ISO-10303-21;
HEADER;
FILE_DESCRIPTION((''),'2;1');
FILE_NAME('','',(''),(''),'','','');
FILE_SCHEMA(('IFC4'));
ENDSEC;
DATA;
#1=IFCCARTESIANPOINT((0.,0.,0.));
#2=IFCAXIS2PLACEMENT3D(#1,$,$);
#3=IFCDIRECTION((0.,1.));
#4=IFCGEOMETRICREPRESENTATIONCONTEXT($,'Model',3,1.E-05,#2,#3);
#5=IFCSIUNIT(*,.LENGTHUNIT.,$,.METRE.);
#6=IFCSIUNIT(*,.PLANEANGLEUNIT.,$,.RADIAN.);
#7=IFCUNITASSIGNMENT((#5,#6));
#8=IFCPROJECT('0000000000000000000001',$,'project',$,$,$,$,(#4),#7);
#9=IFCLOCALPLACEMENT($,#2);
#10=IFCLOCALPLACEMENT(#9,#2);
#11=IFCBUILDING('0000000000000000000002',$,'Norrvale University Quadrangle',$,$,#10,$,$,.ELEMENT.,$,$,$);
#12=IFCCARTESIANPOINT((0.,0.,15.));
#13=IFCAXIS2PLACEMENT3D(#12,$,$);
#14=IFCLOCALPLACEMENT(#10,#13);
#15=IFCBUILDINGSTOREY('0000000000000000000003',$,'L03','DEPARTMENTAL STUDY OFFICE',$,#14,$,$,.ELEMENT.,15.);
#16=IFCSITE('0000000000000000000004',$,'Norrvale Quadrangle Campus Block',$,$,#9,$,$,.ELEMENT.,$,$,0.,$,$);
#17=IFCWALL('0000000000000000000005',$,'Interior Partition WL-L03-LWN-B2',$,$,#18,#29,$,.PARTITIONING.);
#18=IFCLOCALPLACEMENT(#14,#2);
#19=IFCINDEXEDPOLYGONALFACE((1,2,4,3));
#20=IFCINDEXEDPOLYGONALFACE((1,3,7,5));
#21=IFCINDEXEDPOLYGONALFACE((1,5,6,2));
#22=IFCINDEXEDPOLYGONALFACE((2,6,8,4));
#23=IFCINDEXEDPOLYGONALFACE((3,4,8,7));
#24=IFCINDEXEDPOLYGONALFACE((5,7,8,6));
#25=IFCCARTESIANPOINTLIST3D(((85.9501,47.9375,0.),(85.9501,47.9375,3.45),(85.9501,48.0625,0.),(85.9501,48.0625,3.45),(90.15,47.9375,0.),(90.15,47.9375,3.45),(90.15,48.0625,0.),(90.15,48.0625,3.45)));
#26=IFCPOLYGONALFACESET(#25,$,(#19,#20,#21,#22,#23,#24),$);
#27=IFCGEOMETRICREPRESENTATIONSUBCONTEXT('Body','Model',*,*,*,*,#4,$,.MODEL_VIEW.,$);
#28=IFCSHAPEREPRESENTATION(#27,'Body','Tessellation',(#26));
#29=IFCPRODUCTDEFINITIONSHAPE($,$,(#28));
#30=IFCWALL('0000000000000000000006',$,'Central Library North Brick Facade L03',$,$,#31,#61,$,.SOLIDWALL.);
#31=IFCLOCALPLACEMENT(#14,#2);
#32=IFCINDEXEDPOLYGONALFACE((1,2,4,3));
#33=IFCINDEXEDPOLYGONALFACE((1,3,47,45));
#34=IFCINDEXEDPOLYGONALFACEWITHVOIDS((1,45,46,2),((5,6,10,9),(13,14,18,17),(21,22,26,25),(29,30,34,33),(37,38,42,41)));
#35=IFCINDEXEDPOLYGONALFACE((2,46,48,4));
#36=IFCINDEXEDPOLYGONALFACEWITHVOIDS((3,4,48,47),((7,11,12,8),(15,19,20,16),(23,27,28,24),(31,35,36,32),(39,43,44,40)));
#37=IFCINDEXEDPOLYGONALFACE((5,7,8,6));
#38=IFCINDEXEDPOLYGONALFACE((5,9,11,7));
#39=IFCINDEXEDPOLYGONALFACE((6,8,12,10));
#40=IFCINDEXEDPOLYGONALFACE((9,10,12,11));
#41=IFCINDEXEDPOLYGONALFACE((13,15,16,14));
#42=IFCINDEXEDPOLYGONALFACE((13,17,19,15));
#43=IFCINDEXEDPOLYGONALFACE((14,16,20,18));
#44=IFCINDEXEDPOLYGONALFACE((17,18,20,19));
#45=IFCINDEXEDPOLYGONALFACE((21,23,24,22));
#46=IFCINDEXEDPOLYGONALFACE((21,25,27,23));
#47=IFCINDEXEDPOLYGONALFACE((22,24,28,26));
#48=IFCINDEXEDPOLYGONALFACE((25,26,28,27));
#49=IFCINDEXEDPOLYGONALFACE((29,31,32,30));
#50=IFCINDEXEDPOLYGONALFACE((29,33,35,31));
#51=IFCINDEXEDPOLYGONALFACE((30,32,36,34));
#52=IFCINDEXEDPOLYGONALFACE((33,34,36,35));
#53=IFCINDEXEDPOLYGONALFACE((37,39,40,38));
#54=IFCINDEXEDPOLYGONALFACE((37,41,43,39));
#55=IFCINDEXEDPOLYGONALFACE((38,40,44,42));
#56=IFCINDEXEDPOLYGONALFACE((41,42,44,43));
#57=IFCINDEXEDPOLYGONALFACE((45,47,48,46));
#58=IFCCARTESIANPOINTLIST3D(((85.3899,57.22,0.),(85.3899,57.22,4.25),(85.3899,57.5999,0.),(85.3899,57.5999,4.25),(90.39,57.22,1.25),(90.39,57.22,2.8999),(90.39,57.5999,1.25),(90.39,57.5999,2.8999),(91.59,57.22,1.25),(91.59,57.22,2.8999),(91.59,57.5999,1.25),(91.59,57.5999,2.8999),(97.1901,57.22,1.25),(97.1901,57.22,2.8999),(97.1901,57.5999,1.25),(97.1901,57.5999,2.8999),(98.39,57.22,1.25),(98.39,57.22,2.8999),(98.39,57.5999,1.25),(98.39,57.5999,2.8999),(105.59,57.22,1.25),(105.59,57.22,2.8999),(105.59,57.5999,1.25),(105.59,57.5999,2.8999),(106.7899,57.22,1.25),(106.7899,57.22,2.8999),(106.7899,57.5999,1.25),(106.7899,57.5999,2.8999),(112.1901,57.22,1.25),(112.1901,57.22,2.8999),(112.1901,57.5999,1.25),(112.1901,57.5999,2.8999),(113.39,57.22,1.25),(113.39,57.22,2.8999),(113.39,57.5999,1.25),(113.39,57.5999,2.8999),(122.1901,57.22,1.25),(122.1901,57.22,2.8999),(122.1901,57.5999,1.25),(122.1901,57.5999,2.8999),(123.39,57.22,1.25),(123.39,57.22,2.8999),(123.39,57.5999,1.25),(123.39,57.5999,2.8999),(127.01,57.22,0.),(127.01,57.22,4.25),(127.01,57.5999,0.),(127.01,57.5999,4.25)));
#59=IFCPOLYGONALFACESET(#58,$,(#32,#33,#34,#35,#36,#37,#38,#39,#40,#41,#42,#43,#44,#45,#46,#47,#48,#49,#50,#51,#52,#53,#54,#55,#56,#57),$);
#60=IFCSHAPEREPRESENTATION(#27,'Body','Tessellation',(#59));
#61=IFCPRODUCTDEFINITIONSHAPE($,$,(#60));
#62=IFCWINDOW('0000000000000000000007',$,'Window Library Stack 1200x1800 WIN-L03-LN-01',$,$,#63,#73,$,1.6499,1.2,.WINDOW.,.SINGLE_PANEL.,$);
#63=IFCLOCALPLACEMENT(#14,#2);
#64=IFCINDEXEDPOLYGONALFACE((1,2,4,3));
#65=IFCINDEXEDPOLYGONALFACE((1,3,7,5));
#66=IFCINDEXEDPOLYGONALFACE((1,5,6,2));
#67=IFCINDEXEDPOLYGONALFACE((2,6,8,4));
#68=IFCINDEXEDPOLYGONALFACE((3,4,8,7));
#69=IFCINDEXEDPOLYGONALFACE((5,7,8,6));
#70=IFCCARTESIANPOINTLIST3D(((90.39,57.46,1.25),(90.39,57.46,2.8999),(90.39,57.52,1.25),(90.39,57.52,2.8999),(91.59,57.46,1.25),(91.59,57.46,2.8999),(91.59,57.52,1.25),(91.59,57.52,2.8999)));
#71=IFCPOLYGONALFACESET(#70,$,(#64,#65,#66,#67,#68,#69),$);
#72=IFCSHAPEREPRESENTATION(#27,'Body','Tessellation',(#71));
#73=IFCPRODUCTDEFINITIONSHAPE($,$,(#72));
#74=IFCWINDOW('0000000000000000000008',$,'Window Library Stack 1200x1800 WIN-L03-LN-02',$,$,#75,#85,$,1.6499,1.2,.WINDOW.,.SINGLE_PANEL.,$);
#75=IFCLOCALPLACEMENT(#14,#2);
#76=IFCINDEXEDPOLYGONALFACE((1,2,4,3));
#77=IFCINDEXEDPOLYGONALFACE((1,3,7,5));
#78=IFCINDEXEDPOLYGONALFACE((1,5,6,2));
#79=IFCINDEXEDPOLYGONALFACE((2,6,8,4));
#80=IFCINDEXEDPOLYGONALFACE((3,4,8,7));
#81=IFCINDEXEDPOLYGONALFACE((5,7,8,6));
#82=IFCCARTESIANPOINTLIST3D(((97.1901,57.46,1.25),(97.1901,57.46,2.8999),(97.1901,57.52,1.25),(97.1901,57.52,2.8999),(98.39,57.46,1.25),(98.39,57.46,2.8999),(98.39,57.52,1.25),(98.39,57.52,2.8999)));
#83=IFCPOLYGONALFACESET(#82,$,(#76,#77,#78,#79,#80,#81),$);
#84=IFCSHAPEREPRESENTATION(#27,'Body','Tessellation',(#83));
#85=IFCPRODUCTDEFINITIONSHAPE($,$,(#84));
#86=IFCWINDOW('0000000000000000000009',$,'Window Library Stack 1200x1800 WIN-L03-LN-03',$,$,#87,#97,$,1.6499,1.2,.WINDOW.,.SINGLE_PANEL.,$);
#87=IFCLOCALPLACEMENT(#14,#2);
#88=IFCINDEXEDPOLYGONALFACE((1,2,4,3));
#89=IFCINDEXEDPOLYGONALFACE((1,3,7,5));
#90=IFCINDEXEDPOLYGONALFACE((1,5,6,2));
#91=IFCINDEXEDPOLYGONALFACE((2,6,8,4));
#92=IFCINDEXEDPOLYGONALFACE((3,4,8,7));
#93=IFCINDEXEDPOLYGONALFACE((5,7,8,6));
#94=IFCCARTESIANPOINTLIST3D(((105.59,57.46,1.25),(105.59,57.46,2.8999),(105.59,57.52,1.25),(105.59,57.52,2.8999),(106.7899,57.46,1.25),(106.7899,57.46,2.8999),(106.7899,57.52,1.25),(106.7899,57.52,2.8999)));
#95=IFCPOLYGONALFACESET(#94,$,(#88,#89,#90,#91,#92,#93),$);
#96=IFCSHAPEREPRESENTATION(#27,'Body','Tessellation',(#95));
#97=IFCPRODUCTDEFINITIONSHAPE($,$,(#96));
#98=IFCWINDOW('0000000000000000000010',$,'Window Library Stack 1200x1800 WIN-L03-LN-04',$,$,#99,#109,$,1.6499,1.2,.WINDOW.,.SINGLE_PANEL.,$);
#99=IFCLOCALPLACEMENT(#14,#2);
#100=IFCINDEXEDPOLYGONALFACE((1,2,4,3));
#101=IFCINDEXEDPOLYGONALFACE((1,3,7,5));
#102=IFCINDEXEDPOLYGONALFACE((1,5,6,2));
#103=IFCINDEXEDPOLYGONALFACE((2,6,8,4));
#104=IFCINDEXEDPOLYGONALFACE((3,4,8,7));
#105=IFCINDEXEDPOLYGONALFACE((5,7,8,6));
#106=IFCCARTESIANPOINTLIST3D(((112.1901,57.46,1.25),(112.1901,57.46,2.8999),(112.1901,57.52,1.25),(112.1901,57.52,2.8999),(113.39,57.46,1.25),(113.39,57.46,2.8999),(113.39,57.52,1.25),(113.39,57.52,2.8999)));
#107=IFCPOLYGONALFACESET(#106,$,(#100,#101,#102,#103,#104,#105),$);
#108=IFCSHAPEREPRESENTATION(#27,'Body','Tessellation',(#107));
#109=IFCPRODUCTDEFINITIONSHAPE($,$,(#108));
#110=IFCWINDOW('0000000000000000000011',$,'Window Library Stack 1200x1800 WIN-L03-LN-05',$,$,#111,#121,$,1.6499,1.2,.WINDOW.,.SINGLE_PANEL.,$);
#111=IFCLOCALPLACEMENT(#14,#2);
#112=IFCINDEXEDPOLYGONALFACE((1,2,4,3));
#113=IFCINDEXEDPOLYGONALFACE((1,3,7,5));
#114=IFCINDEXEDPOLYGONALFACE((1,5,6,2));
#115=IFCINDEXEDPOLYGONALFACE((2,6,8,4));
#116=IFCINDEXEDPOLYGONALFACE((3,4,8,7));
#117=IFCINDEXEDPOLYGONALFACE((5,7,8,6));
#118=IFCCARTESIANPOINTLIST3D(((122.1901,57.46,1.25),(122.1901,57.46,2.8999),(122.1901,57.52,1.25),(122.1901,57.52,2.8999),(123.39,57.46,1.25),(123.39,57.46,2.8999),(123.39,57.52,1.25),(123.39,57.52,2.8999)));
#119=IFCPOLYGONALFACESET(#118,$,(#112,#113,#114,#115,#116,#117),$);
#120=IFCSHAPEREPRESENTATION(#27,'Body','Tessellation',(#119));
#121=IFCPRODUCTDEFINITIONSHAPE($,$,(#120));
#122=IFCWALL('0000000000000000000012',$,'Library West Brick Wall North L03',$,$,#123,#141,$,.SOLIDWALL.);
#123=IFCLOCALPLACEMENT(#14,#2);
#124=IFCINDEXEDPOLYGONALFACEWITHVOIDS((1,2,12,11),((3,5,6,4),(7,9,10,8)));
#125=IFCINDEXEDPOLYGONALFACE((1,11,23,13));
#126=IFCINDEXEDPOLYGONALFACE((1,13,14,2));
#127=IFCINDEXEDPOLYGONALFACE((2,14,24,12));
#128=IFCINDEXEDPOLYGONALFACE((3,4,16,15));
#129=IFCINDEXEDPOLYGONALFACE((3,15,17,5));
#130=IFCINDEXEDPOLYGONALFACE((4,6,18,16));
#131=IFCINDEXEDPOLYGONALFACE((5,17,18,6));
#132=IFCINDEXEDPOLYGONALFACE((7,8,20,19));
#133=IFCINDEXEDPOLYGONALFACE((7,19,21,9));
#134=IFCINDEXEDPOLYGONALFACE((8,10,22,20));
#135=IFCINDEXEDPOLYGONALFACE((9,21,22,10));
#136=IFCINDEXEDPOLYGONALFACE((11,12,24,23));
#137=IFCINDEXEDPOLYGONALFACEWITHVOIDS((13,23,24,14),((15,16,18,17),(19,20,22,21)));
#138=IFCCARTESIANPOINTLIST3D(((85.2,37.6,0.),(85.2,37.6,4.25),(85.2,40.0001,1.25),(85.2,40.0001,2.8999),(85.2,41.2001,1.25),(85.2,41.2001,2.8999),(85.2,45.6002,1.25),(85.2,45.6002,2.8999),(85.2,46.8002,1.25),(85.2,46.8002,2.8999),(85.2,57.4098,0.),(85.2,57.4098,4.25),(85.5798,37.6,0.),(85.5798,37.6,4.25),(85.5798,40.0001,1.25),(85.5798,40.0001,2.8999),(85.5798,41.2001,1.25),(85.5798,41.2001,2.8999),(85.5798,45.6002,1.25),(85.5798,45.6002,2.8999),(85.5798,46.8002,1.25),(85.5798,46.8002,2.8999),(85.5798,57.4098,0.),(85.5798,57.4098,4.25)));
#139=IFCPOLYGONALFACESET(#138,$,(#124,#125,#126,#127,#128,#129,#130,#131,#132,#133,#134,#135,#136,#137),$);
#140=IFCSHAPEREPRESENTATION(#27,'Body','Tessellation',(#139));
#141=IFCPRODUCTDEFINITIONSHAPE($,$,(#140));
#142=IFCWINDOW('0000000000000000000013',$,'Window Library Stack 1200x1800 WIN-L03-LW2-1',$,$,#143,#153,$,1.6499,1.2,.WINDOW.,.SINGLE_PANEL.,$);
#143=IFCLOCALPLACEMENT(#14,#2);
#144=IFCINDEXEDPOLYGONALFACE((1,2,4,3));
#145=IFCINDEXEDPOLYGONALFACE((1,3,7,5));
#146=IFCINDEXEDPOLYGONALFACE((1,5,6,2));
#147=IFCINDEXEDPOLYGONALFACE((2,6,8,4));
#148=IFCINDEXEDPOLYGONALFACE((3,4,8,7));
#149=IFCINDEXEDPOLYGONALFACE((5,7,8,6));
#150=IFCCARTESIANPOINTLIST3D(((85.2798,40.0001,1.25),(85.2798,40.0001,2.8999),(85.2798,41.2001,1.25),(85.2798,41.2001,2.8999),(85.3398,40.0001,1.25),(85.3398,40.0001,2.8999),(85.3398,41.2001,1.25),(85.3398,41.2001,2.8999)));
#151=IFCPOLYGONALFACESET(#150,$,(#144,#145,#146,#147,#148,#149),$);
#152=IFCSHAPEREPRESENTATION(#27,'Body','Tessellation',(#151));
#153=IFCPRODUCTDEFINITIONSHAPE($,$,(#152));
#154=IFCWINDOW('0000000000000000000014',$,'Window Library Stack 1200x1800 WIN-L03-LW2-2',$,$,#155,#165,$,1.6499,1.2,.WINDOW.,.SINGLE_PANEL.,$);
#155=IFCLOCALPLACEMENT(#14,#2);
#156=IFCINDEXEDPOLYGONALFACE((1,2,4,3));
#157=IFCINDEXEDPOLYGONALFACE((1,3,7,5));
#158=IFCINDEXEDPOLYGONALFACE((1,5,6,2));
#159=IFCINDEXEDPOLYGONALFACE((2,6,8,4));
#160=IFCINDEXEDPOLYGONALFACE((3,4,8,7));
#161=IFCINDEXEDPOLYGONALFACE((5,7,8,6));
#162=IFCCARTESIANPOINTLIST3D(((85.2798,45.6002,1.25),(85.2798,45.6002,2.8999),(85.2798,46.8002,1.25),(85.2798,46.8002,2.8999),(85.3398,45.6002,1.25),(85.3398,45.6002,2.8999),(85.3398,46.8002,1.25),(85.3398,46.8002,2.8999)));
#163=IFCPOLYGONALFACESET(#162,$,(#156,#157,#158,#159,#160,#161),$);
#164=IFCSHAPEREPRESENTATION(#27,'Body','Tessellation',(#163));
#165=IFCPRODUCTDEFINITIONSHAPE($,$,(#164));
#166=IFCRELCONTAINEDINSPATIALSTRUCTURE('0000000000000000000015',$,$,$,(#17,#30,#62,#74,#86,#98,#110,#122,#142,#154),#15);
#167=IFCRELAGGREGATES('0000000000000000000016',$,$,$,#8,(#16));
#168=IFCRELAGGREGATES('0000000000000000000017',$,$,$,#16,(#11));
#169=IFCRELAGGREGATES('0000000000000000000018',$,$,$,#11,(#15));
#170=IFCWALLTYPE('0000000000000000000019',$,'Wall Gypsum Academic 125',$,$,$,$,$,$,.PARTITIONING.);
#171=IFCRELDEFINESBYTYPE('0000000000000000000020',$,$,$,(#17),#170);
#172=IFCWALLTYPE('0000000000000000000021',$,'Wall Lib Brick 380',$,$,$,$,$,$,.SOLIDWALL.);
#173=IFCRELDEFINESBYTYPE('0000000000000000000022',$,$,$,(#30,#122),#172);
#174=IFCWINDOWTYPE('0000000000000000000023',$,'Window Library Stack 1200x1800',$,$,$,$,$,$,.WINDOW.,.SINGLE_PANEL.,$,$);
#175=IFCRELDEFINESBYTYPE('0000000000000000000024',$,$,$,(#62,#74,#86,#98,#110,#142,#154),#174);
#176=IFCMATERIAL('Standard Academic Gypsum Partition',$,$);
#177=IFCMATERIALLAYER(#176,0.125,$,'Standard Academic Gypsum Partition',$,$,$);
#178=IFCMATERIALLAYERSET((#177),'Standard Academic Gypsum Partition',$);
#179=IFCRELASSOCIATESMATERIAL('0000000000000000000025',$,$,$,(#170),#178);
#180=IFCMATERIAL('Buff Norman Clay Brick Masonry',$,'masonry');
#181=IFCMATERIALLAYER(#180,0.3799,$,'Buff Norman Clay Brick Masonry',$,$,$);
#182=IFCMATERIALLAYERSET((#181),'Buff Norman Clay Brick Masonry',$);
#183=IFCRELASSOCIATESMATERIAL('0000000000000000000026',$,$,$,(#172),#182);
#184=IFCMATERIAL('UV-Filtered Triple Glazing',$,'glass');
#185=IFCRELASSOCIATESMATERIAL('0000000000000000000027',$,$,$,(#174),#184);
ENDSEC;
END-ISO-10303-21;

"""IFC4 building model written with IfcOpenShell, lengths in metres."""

from ifc_helpers import new_model, si_unit, direction, frame, frame_2d, origin, place, context, subcontext, project, spatial, rectangle, extrude, material, layer, layer_set, type_object, element, fill, save


model = new_model("IFC4")

# Units and contexts
model_context = context("Model", 3, precision=1e-05, world=origin(), true_north=direction((0.0, 1.0)))
body_context = subcontext(model_context, "Body", "Model", "MODEL_VIEW")
ifc_project = project(units=[si_unit("LENGTHUNIT", "METRE"), si_unit("PLANEANGLEUNIT", "RADIAN")], contexts=[model_context])

# Site, building, storey
site_placement = place(None, origin())
site = spatial("IfcSite", under=ifc_project, at=site_placement, Name="Norrvale Quadrangle Campus Block", CompositionType="ELEMENT", RefElevation=0.0)
building_placement = place(site_placement, origin())
building = spatial("IfcBuilding", under=site, at=building_placement, Name="Norrvale University Quadrangle", CompositionType="ELEMENT")
storey_placement = place(building_placement, frame((0.0, 0.0, 15.0)))
storey = spatial("IfcBuildingStorey", under=building, at=storey_placement, Name="L03", Description="DEPARTMENTAL STUDY OFFICE", CompositionType="ELEMENT", Elevation=15.0)

# Wall
ifc_material_1 = material(Name="Standard Academic Gypsum Partition")
ifc_layer_1 = layer(ifc_material_1, 0.125, Name="Standard Academic Gypsum Partition")
ifc_layer_set_1 = layer_set([ifc_layer_1], Name="Standard Academic Gypsum Partition")
wall_type_1 = type_object("IfcWallType", Name="Wall Gypsum Academic 125", PredefinedType="PARTITIONING", material=ifc_layer_set_1)
wall_1_placement = place(storey_placement, frame((85.95, 48.0, 0.0), z_axis=(0.0, 0.0, 1.0), x_axis=(1.0, 0.0, 0.0)))
element("IfcWall", 1, at=wall_1_placement, inside=storey, type_object=wall_type_1, Name="Interior Partition WL-L03-LWN-B2", PredefinedType="PARTITIONING", context=body_context, shape_type="SweptSolid", body=[
    extrude(rectangle(XDim=4.2, YDim=0.125, at=frame_2d((2.1001, 0.0))), origin(), (0.0, 0.0, 1.0), 3.45),
])

# Walls, openings, windows
ifc_material_2 = material(Name="Buff Norman Clay Brick Masonry", Category="masonry")
ifc_layer_2 = layer(ifc_material_2, 0.3799, Name="Buff Norman Clay Brick Masonry")
ifc_layer_set_2 = layer_set([ifc_layer_2], Name="Buff Norman Clay Brick Masonry")
wall_type_2 = type_object("IfcWallType", Name="Wall Lib Brick 380", PredefinedType="SOLIDWALL", material=ifc_layer_set_2)
wall_2_placement = place(storey_placement, frame((85.3899, 57.4099, 0.0), z_axis=(0.0, 0.0, 1.0), x_axis=(1.0, 0.0, 0.0)))
wall_2 = element("IfcWall", 2, at=wall_2_placement, inside=storey, type_object=wall_type_2, Name="Central Library North Brick Facade L03", PredefinedType="SOLIDWALL", context=body_context, shape_type="SweptSolid", body=[
    extrude(rectangle(XDim=41.6201, YDim=0.3799, at=frame_2d((20.8101, 0.0))), origin(), (0.0, 0.0, 1.0), 4.25),
])
opening_1_placement = place(wall_2_placement, frame((5.0, 0.0, 1.25)))
opening_1 = element("IfcOpeningElement", 3, at=opening_1_placement, cuts=wall_2, PredefinedType="OPENING", context=body_context, shape_type="SweptSolid", body=[
    extrude(rectangle(XDim=1.2, YDim=1.6499, at=frame_2d((0.6001, 0.825))), frame((0.0, 0.2019, 0.0), z_axis=(0.0, -1.0, 0.0), x_axis=(1.0, 0.0, 0.0)), (0.0, 0.0, 1.0), 0.4038),
])
opening_2_placement = place(wall_2_placement, frame((11.8, 0.0, 1.25)))
opening_2 = element("IfcOpeningElement", 4, at=opening_2_placement, cuts=wall_2, PredefinedType="OPENING", context=body_context, shape_type="SweptSolid", body=[
    extrude(rectangle(XDim=1.2, YDim=1.6499, at=frame_2d((0.6001, 0.825))), frame((0.0, 0.2019, 0.0), z_axis=(0.0, -1.0, 0.0), x_axis=(1.0, 0.0, 0.0)), (0.0, 0.0, 1.0), 0.4038),
])
opening_3_placement = place(wall_2_placement, frame((20.2, 0.0, 1.25)))
opening_3 = element("IfcOpeningElement", 5, at=opening_3_placement, cuts=wall_2, PredefinedType="OPENING", context=body_context, shape_type="SweptSolid", body=[
    extrude(rectangle(XDim=1.2, YDim=1.6499, at=frame_2d((0.6001, 0.825))), frame((0.0, 0.2019, 0.0), z_axis=(0.0, -1.0, 0.0), x_axis=(1.0, 0.0, 0.0)), (0.0, 0.0, 1.0), 0.4038),
])
opening_4_placement = place(wall_2_placement, frame((26.8, 0.0, 1.25)))
opening_4 = element("IfcOpeningElement", 6, at=opening_4_placement, cuts=wall_2, PredefinedType="OPENING", context=body_context, shape_type="SweptSolid", body=[
    extrude(rectangle(XDim=1.2, YDim=1.6499, at=frame_2d((0.6001, 0.825))), frame((0.0, 0.2019, 0.0), z_axis=(0.0, -1.0, 0.0), x_axis=(1.0, 0.0, 0.0)), (0.0, 0.0, 1.0), 0.4038),
])
opening_5_placement = place(wall_2_placement, frame((36.8, 0.0, 1.25)))
opening_5 = element("IfcOpeningElement", 7, at=opening_5_placement, cuts=wall_2, PredefinedType="OPENING", context=body_context, shape_type="SweptSolid", body=[
    extrude(rectangle(XDim=1.2, YDim=1.6499, at=frame_2d((0.6001, 0.825))), frame((0.0, 0.2019, 0.0), z_axis=(0.0, -1.0, 0.0), x_axis=(1.0, 0.0, 0.0)), (0.0, 0.0, 1.0), 0.4038),
])
ifc_material_3 = material(Name="UV-Filtered Triple Glazing", Category="glass")
window_type = type_object("IfcWindowType", Name="Window Library Stack 1200x1800", PartitioningType="SINGLE_PANEL", PredefinedType="WINDOW", material=ifc_material_3)
window_1_placement = place(opening_1_placement, origin())
window_1 = element("IfcWindow", 8, at=window_1_placement, inside=storey, type_object=window_type, Name="Window Library Stack 1200x1800 WIN-L03-LN-01", OverallHeight=1.6499, OverallWidth=1.2, PartitioningType="SINGLE_PANEL", PredefinedType="WINDOW", context=body_context, shape_type="SweptSolid", body=[
    extrude(rectangle(XDim=1.2, YDim=1.6499, at=frame_2d((0.6001, 0.825))), frame((0.0, 0.1101, 0.0), z_axis=(0.0, -1.0, 0.0), x_axis=(1.0, 0.0, 0.0)), (0.0, 0.0, 1.0), 0.0601),
])
fill(opening_1, window_1)
window_2_placement = place(opening_2_placement, origin())
window_2 = element("IfcWindow", 9, at=window_2_placement, inside=storey, type_object=window_type, Name="Window Library Stack 1200x1800 WIN-L03-LN-02", OverallHeight=1.6499, OverallWidth=1.2, PartitioningType="SINGLE_PANEL", PredefinedType="WINDOW", context=body_context, shape_type="SweptSolid", body=[
    extrude(rectangle(XDim=1.2, YDim=1.6499, at=frame_2d((0.6001, 0.825))), frame((0.0, 0.1101, 0.0), z_axis=(0.0, -1.0, 0.0), x_axis=(1.0, 0.0, 0.0)), (0.0, 0.0, 1.0), 0.0601),
])
fill(opening_2, window_2)
window_3_placement = place(opening_3_placement, origin())
window_3 = element("IfcWindow", 10, at=window_3_placement, inside=storey, type_object=window_type, Name="Window Library Stack 1200x1800 WIN-L03-LN-03", OverallHeight=1.6499, OverallWidth=1.2, PartitioningType="SINGLE_PANEL", PredefinedType="WINDOW", context=body_context, shape_type="SweptSolid", body=[
    extrude(rectangle(XDim=1.2, YDim=1.6499, at=frame_2d((0.6001, 0.825))), frame((0.0, 0.1101, 0.0), z_axis=(0.0, -1.0, 0.0), x_axis=(1.0, 0.0, 0.0)), (0.0, 0.0, 1.0), 0.0601),
])
fill(opening_3, window_3)
window_4_placement = place(opening_4_placement, origin())
window_4 = element("IfcWindow", 11, at=window_4_placement, inside=storey, type_object=window_type, Name="Window Library Stack 1200x1800 WIN-L03-LN-04", OverallHeight=1.6499, OverallWidth=1.2, PartitioningType="SINGLE_PANEL", PredefinedType="WINDOW", context=body_context, shape_type="SweptSolid", body=[
    extrude(rectangle(XDim=1.2, YDim=1.6499, at=frame_2d((0.6001, 0.825))), frame((0.0, 0.1101, 0.0), z_axis=(0.0, -1.0, 0.0), x_axis=(1.0, 0.0, 0.0)), (0.0, 0.0, 1.0), 0.0601),
])
fill(opening_4, window_4)
window_5_placement = place(opening_5_placement, origin())
window_5 = element("IfcWindow", 12, at=window_5_placement, inside=storey, type_object=window_type, Name="Window Library Stack 1200x1800 WIN-L03-LN-05", OverallHeight=1.6499, OverallWidth=1.2, PartitioningType="SINGLE_PANEL", PredefinedType="WINDOW", context=body_context, shape_type="SweptSolid", body=[
    extrude(rectangle(XDim=1.2, YDim=1.6499, at=frame_2d((0.6001, 0.825))), frame((0.0, 0.1101, 0.0), z_axis=(0.0, -1.0, 0.0), x_axis=(1.0, 0.0, 0.0)), (0.0, 0.0, 1.0), 0.0601),
])
fill(opening_5, window_5)
wall_3_placement = place(storey_placement, frame((85.3899, 37.6001, 0.0), z_axis=(0.0, 0.0, 1.0), x_axis=(0.0, 1.0, 0.0)))
wall_3 = element("IfcWall", 13, at=wall_3_placement, inside=storey, type_object=wall_type_2, Name="Library West Brick Wall North L03", PredefinedType="SOLIDWALL", context=body_context, shape_type="SweptSolid", body=[
    extrude(rectangle(XDim=19.8098, YDim=0.3799, at=frame_2d((9.9048, 0.0))), origin(), (0.0, 0.0, 1.0), 4.25),
])
opening_6_placement = place(wall_3_placement, frame((2.3999, 0.0, 1.25)))
opening_6 = element("IfcOpeningElement", 14, at=opening_6_placement, cuts=wall_3, PredefinedType="OPENING", context=body_context, shape_type="SweptSolid", body=[
    extrude(rectangle(XDim=1.2, YDim=1.6499, at=frame_2d((0.6001, 0.825))), frame((0.0, 0.2019, 0.0), z_axis=(0.0, -1.0, 0.0), x_axis=(1.0, 0.0, 0.0)), (0.0, 0.0, 1.0), 0.4038),
])
opening_7_placement = place(wall_3_placement, frame((8.0, 0.0, 1.25)))
opening_7 = element("IfcOpeningElement", 15, at=opening_7_placement, cuts=wall_3, PredefinedType="OPENING", context=body_context, shape_type="SweptSolid", body=[
    extrude(rectangle(XDim=1.2, YDim=1.6499, at=frame_2d((0.6001, 0.825))), frame((0.0, 0.2019, 0.0), z_axis=(0.0, -1.0, 0.0), x_axis=(1.0, 0.0, 0.0)), (0.0, 0.0, 1.0), 0.4038),
])
window_6_placement = place(opening_6_placement, origin())
window_6 = element("IfcWindow", 16, at=window_6_placement, inside=storey, type_object=window_type, Name="Window Library Stack 1200x1800 WIN-L03-LW2-1", OverallHeight=1.6499, OverallWidth=1.2, PartitioningType="SINGLE_PANEL", PredefinedType="WINDOW", context=body_context, shape_type="SweptSolid", body=[
    extrude(rectangle(XDim=1.2, YDim=1.6499, at=frame_2d((0.6001, 0.825))), frame((0.0, 0.1101, 0.0), z_axis=(0.0, -1.0, 0.0), x_axis=(1.0, 0.0, 0.0)), (0.0, 0.0, 1.0), 0.0601),
])
fill(opening_6, window_6)
window_7_placement = place(opening_7_placement, origin())
window_7 = element("IfcWindow", 17, at=window_7_placement, inside=storey, type_object=window_type, Name="Window Library Stack 1200x1800 WIN-L03-LW2-2", OverallHeight=1.6499, OverallWidth=1.2, PartitioningType="SINGLE_PANEL", PredefinedType="WINDOW", context=body_context, shape_type="SweptSolid", body=[
    extrude(rectangle(XDim=1.2, YDim=1.6499, at=frame_2d((0.6001, 0.825))), frame((0.0, 0.1101, 0.0), z_axis=(0.0, -1.0, 0.0), x_axis=(1.0, 0.0, 0.0)), (0.0, 0.0, 1.0), 0.0601),
])
fill(opening_7, window_7)

save(model, "model.ifc")
